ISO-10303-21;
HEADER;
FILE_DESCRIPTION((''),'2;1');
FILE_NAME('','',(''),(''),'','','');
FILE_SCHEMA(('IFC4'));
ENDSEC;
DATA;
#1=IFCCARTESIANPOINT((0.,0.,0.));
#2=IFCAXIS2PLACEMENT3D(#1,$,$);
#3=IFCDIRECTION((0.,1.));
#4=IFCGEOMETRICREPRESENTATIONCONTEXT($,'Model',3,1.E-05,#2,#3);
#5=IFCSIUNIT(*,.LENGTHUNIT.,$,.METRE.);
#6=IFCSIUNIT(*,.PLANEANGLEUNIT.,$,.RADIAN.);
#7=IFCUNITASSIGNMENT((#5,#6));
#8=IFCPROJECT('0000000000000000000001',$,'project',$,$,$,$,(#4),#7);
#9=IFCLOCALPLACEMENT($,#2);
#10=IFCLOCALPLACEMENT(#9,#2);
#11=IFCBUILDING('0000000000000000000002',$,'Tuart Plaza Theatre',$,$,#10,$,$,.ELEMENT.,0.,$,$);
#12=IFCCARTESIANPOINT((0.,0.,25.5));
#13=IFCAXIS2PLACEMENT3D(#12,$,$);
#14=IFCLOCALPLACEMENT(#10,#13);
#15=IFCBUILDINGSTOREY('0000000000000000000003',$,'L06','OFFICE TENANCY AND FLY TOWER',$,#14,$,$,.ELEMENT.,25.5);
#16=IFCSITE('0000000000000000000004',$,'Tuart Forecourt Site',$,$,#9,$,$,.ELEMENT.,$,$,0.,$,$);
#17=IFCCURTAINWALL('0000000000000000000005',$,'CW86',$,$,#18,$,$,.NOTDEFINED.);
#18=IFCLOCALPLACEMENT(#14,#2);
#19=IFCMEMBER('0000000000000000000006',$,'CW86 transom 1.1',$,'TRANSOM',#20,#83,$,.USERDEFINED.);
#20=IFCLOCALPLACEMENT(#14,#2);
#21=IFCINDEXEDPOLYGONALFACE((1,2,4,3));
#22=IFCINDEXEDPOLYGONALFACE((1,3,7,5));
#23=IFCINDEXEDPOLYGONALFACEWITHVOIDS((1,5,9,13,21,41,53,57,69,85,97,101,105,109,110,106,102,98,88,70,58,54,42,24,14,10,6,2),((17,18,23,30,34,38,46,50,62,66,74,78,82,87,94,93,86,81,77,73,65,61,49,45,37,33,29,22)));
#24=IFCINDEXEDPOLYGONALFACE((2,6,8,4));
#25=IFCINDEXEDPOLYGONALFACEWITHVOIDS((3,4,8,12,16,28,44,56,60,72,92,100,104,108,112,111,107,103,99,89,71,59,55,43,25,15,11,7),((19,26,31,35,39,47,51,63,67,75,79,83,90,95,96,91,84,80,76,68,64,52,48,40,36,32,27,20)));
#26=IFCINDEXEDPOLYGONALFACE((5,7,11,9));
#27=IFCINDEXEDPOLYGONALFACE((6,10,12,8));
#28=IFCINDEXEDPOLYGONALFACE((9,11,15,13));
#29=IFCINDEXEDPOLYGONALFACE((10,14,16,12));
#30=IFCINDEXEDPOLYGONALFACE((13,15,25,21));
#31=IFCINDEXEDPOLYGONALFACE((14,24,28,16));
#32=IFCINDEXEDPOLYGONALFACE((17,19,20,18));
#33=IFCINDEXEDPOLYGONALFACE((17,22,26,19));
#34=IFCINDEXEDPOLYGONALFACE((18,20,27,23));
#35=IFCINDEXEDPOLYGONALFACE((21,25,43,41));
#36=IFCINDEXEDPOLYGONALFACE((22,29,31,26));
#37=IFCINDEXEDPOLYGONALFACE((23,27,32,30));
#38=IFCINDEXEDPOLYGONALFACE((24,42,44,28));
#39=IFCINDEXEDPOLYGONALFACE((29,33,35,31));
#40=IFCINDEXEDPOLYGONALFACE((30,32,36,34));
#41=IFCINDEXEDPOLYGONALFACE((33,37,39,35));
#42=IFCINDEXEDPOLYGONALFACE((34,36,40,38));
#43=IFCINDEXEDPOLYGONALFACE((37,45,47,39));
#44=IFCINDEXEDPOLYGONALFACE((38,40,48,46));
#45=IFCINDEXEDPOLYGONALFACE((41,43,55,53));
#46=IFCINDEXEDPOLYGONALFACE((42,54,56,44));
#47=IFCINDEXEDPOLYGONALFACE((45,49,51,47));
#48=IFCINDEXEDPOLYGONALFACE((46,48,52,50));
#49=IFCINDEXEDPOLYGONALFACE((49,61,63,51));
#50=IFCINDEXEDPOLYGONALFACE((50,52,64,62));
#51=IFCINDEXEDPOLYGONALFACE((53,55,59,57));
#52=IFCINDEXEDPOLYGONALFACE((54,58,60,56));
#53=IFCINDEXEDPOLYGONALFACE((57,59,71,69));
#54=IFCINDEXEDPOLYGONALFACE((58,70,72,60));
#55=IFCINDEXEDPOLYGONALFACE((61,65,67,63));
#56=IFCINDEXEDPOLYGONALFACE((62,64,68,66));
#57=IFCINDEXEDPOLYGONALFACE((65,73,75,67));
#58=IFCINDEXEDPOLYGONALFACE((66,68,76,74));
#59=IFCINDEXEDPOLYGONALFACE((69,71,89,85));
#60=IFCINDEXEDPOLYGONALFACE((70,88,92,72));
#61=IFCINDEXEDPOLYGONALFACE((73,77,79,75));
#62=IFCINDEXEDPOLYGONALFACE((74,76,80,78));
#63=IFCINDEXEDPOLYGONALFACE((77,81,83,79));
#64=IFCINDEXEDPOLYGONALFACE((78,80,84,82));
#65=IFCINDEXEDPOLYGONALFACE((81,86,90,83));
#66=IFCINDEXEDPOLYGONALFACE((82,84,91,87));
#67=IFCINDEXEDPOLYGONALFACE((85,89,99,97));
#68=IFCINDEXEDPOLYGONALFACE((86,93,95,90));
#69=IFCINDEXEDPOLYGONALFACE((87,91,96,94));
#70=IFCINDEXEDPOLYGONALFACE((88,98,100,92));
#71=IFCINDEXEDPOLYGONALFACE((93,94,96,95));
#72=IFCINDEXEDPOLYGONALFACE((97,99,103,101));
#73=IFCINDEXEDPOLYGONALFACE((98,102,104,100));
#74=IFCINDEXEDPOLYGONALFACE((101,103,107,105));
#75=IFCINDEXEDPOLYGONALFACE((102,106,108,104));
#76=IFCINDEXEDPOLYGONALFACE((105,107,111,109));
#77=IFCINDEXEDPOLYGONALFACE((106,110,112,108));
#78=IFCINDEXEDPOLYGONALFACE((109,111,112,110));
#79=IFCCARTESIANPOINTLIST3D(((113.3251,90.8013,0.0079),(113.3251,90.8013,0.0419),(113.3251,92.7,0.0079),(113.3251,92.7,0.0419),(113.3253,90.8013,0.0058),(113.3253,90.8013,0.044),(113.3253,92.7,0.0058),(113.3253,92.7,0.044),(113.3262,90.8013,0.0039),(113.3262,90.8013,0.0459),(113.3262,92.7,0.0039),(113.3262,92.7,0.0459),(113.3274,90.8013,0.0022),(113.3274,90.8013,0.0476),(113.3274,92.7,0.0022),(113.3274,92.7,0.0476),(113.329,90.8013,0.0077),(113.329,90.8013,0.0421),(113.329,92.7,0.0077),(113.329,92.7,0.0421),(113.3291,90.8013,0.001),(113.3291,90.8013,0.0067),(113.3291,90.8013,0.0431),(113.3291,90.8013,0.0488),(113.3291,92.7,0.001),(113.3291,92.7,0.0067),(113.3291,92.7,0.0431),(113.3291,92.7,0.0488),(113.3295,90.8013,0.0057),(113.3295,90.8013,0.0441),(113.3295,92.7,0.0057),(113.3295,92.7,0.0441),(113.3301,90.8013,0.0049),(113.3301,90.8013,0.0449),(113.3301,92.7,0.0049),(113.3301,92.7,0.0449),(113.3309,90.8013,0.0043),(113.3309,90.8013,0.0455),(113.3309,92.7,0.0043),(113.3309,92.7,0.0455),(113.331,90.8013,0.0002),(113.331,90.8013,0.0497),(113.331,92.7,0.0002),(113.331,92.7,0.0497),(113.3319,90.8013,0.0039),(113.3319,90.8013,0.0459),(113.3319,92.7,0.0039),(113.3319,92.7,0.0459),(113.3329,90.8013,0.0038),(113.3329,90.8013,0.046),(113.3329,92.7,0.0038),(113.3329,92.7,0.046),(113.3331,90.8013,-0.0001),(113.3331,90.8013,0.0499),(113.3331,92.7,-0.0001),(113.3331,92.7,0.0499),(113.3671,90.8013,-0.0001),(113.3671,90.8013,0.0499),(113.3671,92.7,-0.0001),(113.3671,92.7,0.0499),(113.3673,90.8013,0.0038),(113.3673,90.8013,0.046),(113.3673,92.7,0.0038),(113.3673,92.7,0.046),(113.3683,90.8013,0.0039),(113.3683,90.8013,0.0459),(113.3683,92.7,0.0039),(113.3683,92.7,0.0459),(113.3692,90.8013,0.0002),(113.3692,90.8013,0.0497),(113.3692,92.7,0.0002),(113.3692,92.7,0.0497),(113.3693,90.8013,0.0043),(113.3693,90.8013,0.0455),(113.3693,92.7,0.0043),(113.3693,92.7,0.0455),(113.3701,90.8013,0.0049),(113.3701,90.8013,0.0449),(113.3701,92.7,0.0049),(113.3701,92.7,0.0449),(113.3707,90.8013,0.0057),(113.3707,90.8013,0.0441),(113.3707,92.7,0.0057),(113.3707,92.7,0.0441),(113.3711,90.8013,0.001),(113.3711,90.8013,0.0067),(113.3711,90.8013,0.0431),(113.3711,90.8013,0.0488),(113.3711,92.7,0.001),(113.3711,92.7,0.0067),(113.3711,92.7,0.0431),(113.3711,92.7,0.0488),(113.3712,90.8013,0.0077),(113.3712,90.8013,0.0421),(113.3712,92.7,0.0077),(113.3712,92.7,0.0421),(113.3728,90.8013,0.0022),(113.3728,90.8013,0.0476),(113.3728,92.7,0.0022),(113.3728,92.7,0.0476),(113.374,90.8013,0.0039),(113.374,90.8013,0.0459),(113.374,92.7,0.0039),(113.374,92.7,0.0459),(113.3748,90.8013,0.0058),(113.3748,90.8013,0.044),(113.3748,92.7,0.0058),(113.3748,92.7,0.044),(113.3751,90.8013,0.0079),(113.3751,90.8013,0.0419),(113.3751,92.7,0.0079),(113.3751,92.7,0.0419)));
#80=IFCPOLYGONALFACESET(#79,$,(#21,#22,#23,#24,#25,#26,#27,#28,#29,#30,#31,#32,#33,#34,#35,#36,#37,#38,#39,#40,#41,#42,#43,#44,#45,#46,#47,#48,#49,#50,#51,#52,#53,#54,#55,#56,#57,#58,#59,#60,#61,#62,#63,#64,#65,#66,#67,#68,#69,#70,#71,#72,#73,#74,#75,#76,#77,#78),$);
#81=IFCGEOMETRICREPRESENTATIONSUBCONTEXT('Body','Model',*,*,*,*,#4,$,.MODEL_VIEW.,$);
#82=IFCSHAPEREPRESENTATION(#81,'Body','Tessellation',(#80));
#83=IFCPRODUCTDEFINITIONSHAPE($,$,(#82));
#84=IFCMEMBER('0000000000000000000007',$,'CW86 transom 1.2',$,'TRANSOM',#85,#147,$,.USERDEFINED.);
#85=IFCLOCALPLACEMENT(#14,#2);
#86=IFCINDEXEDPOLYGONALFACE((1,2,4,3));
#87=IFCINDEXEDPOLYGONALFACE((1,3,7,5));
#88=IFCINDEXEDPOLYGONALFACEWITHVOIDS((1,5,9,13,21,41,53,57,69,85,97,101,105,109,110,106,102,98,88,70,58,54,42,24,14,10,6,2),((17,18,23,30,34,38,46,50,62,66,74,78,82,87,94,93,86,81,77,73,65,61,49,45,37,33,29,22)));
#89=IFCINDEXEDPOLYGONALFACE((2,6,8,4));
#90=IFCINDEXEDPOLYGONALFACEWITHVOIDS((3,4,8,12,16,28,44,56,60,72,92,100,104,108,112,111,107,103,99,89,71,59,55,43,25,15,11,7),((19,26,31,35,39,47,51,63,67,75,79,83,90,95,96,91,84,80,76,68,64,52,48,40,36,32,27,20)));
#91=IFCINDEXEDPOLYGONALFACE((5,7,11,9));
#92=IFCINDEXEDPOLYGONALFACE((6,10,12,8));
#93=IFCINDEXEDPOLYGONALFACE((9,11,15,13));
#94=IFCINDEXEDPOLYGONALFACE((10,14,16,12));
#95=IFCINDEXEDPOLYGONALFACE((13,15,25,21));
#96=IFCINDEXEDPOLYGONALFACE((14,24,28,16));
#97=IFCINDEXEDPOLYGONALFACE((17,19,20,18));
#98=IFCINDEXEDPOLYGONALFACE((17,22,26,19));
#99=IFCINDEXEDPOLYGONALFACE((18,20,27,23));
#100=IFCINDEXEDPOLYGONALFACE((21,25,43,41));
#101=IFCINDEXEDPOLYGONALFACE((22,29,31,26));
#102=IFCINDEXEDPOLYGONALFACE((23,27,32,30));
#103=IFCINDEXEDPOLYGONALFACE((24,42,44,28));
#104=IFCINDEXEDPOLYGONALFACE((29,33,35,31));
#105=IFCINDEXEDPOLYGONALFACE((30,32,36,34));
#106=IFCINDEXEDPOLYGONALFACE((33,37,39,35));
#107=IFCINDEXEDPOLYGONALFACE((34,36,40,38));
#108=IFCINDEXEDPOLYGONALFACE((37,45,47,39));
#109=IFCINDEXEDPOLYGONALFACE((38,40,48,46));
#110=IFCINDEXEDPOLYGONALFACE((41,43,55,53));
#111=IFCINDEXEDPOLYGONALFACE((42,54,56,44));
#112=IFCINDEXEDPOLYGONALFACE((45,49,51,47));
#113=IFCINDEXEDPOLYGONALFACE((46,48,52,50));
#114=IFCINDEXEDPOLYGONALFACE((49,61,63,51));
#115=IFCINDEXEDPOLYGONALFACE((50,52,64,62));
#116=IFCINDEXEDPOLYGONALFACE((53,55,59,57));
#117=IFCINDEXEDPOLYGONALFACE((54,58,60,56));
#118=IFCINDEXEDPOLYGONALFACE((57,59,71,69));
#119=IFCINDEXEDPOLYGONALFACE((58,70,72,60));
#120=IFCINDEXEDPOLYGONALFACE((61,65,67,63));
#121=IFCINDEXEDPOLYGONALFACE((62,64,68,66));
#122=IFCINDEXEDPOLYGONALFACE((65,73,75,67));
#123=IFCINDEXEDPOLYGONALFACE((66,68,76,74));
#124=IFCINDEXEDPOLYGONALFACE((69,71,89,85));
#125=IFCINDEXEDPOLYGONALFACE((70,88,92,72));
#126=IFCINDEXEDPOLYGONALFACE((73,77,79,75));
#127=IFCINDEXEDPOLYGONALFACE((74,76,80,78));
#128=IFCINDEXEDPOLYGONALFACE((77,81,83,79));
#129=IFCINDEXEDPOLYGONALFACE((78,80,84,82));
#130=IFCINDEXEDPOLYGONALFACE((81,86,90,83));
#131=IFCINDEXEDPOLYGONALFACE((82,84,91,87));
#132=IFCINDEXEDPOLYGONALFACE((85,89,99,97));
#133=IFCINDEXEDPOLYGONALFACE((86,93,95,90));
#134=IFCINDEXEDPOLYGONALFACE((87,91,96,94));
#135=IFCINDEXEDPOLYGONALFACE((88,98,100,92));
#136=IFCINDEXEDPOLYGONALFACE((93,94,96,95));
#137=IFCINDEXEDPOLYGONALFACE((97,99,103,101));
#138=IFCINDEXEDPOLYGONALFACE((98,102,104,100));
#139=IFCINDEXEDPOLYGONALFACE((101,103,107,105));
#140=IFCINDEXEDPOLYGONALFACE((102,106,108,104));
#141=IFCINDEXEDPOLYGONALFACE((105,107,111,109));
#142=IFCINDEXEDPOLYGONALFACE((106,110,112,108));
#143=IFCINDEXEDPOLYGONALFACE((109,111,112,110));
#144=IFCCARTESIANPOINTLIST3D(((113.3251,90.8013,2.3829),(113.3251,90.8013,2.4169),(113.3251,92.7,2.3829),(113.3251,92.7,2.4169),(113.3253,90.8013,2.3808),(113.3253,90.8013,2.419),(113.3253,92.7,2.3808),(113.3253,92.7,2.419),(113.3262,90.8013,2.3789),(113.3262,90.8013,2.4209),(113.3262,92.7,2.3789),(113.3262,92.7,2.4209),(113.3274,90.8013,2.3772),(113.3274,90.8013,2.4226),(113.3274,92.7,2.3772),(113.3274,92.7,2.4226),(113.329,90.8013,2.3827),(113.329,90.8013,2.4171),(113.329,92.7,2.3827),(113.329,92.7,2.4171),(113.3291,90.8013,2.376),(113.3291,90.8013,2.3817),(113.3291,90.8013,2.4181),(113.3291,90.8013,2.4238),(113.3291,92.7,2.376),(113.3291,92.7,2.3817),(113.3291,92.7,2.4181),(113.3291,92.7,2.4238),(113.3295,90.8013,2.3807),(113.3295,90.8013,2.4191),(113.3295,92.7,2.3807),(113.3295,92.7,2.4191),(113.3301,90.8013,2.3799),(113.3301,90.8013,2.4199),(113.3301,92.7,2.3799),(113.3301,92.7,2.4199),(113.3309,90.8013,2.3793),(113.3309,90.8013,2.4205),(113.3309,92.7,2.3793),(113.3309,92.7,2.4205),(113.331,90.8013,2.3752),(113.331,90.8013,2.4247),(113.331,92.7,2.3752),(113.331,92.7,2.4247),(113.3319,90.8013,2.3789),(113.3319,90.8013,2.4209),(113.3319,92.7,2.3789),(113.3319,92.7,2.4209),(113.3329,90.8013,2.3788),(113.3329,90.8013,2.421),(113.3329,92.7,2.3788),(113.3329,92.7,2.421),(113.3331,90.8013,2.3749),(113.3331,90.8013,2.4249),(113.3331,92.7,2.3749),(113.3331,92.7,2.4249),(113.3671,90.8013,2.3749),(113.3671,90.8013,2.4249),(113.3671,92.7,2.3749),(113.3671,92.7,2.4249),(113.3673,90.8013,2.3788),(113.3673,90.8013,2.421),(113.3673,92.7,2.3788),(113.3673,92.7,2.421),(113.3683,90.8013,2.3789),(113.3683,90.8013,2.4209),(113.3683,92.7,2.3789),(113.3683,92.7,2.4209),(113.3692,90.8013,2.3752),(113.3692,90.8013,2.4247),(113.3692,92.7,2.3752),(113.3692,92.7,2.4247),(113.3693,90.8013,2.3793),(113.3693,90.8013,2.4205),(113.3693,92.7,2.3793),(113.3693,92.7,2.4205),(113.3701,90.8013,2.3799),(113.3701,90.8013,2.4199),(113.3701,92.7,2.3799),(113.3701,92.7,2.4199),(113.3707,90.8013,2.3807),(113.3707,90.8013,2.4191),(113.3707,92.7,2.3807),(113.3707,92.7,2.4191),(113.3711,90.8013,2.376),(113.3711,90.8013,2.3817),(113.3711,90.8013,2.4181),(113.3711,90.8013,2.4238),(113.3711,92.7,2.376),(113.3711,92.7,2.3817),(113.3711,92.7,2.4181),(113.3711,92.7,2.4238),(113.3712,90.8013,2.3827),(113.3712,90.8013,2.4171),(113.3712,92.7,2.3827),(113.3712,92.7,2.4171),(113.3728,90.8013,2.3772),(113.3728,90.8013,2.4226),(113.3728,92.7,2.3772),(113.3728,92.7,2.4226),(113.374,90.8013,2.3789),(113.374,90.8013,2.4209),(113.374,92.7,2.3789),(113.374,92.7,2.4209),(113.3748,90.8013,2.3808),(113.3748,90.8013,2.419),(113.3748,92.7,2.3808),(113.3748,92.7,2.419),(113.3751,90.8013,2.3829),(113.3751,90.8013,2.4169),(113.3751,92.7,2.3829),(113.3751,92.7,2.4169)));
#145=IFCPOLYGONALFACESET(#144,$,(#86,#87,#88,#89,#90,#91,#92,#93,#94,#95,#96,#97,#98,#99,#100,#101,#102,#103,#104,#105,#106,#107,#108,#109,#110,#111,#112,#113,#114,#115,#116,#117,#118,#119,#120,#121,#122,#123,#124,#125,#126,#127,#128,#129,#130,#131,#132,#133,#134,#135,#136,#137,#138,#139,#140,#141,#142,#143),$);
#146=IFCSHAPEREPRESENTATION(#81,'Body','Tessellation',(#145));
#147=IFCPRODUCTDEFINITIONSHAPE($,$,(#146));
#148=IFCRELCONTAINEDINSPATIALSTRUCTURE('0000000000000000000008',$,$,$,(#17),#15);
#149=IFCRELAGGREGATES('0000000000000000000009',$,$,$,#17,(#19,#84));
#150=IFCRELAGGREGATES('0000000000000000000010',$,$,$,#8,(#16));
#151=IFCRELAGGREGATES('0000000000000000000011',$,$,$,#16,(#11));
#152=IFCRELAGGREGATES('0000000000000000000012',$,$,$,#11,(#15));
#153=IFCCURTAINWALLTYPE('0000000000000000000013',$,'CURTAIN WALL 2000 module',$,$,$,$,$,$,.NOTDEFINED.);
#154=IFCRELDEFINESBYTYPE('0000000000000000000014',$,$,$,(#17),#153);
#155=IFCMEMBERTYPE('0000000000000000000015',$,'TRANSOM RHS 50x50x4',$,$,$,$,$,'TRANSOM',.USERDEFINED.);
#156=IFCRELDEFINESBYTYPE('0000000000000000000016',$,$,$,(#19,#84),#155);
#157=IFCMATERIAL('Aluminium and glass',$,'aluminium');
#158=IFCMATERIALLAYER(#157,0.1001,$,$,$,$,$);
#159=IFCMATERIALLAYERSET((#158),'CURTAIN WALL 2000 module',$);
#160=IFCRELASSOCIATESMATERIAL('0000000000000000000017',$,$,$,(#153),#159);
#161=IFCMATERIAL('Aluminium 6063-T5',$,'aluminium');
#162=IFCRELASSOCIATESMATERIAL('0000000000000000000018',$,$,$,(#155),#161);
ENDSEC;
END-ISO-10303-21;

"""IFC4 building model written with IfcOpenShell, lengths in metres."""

from ifc_helpers import new_model, si_unit, direction, frame, origin, origin_2d, place, context, subcontext, project, spatial, hollow_rectangle, extrude, material, layer, layer_set, material_profile, profile_set, type_object, element, aggregate, save


model = new_model("IFC4")

# Units and contexts
model_context = context("Model", 3, precision=1e-05, world=origin(), true_north=direction((0.0, 1.0)))
body_context = subcontext(model_context, "Body", "Model", "MODEL_VIEW")
ifc_project = project(units=[si_unit("LENGTHUNIT", "METRE"), si_unit("PLANEANGLEUNIT", "RADIAN")], contexts=[model_context])

# Site, building, storey
site_placement = place(None, origin())
site = spatial("IfcSite", under=ifc_project, at=site_placement, Name="Tuart Forecourt Site", CompositionType="ELEMENT", RefElevation=0.0)
building_placement = place(site_placement, origin())
building = spatial("IfcBuilding", under=site, at=building_placement, Name="Tuart Plaza Theatre", CompositionType="ELEMENT", ElevationOfRefHeight=0.0)
storey_placement = place(building_placement, frame((0.0, 0.0, 25.5)))
storey = spatial("IfcBuildingStorey", under=building, at=storey_placement, Name="L06", Description="OFFICE TENANCY AND FLY TOWER", CompositionType="ELEMENT", Elevation=25.5)

# Curtain wall, members
ifc_material_1 = material(Name="Aluminium and glass", Category="aluminium")
ifc_layer_1 = layer(ifc_material_1, 0.1001)
ifc_layer_set_1 = layer_set([ifc_layer_1], Name="CURTAIN WALL 2000 module")
curtain_wall_type = type_object("IfcCurtainWallType", Name="CURTAIN WALL 2000 module", PredefinedType="NOTDEFINED", material=ifc_layer_set_1)
curtain_wall_placement = place(storey_placement, origin())
curtain_wall = element("IfcCurtainWall", 1, at=curtain_wall_placement, inside=storey, type_object=curtain_wall_type, Name="CW86", PredefinedType="NOTDEFINED")
ifc_material_2 = material(Name="Aluminium 6063-T5", Category="aluminium")
ifc_material_profile_1 = material_profile(ifc_material_2, hollow_rectangle(XDim=0.05, YDim=0.05, WallThickness=0.0039, InnerFilletRadius=0.0039, OuterFilletRadius=0.0081, at=origin_2d()), Name="RHS 50x50x4")
ifc_profile_set_1 = profile_set([ifc_material_profile_1], Name="Aluminium 6063-T5")
member_type_1 = type_object("IfcMemberType", Name="TRANSOM RHS 50x50x4", ElementType="TRANSOM", PredefinedType="USERDEFINED", material=ifc_profile_set_1)
member_1_placement = place(storey_placement, frame((113.3501, 92.7, 0.0249), z_axis=(0.0, -1.0, 0.0), x_axis=(1.0, 0.0, 0.0)))
member_1 = element("IfcMember", 2, at=member_1_placement, type_object=member_type_1, Name="CW86 transom 1.1", ObjectType="TRANSOM", PredefinedType="USERDEFINED", context=body_context, shape_type="SweptSolid", body=[
    extrude(hollow_rectangle(XDim=0.05, YDim=0.05, WallThickness=0.0039, InnerFilletRadius=0.0039, OuterFilletRadius=0.0081, at=origin_2d()), origin(), (0.0, 0.0, 1.0), 1.8987),
])
member_2_placement = place(storey_placement, frame((113.3501, 92.7, 2.3999), z_axis=(0.0, -1.0, 0.0), x_axis=(1.0, 0.0, 0.0)))
member_2 = element("IfcMember", 3, at=member_2_placement, type_object=member_type_1, Name="CW86 transom 1.2", ObjectType="TRANSOM", PredefinedType="USERDEFINED", context=body_context, shape_type="SweptSolid", body=[
    extrude(hollow_rectangle(XDim=0.05, YDim=0.05, WallThickness=0.0039, InnerFilletRadius=0.0039, OuterFilletRadius=0.0081, at=origin_2d()), origin(), (0.0, 0.0, 1.0), 1.8987),
])
aggregate(curtain_wall, [member_1, member_2])

save(model, "model.ifc")
